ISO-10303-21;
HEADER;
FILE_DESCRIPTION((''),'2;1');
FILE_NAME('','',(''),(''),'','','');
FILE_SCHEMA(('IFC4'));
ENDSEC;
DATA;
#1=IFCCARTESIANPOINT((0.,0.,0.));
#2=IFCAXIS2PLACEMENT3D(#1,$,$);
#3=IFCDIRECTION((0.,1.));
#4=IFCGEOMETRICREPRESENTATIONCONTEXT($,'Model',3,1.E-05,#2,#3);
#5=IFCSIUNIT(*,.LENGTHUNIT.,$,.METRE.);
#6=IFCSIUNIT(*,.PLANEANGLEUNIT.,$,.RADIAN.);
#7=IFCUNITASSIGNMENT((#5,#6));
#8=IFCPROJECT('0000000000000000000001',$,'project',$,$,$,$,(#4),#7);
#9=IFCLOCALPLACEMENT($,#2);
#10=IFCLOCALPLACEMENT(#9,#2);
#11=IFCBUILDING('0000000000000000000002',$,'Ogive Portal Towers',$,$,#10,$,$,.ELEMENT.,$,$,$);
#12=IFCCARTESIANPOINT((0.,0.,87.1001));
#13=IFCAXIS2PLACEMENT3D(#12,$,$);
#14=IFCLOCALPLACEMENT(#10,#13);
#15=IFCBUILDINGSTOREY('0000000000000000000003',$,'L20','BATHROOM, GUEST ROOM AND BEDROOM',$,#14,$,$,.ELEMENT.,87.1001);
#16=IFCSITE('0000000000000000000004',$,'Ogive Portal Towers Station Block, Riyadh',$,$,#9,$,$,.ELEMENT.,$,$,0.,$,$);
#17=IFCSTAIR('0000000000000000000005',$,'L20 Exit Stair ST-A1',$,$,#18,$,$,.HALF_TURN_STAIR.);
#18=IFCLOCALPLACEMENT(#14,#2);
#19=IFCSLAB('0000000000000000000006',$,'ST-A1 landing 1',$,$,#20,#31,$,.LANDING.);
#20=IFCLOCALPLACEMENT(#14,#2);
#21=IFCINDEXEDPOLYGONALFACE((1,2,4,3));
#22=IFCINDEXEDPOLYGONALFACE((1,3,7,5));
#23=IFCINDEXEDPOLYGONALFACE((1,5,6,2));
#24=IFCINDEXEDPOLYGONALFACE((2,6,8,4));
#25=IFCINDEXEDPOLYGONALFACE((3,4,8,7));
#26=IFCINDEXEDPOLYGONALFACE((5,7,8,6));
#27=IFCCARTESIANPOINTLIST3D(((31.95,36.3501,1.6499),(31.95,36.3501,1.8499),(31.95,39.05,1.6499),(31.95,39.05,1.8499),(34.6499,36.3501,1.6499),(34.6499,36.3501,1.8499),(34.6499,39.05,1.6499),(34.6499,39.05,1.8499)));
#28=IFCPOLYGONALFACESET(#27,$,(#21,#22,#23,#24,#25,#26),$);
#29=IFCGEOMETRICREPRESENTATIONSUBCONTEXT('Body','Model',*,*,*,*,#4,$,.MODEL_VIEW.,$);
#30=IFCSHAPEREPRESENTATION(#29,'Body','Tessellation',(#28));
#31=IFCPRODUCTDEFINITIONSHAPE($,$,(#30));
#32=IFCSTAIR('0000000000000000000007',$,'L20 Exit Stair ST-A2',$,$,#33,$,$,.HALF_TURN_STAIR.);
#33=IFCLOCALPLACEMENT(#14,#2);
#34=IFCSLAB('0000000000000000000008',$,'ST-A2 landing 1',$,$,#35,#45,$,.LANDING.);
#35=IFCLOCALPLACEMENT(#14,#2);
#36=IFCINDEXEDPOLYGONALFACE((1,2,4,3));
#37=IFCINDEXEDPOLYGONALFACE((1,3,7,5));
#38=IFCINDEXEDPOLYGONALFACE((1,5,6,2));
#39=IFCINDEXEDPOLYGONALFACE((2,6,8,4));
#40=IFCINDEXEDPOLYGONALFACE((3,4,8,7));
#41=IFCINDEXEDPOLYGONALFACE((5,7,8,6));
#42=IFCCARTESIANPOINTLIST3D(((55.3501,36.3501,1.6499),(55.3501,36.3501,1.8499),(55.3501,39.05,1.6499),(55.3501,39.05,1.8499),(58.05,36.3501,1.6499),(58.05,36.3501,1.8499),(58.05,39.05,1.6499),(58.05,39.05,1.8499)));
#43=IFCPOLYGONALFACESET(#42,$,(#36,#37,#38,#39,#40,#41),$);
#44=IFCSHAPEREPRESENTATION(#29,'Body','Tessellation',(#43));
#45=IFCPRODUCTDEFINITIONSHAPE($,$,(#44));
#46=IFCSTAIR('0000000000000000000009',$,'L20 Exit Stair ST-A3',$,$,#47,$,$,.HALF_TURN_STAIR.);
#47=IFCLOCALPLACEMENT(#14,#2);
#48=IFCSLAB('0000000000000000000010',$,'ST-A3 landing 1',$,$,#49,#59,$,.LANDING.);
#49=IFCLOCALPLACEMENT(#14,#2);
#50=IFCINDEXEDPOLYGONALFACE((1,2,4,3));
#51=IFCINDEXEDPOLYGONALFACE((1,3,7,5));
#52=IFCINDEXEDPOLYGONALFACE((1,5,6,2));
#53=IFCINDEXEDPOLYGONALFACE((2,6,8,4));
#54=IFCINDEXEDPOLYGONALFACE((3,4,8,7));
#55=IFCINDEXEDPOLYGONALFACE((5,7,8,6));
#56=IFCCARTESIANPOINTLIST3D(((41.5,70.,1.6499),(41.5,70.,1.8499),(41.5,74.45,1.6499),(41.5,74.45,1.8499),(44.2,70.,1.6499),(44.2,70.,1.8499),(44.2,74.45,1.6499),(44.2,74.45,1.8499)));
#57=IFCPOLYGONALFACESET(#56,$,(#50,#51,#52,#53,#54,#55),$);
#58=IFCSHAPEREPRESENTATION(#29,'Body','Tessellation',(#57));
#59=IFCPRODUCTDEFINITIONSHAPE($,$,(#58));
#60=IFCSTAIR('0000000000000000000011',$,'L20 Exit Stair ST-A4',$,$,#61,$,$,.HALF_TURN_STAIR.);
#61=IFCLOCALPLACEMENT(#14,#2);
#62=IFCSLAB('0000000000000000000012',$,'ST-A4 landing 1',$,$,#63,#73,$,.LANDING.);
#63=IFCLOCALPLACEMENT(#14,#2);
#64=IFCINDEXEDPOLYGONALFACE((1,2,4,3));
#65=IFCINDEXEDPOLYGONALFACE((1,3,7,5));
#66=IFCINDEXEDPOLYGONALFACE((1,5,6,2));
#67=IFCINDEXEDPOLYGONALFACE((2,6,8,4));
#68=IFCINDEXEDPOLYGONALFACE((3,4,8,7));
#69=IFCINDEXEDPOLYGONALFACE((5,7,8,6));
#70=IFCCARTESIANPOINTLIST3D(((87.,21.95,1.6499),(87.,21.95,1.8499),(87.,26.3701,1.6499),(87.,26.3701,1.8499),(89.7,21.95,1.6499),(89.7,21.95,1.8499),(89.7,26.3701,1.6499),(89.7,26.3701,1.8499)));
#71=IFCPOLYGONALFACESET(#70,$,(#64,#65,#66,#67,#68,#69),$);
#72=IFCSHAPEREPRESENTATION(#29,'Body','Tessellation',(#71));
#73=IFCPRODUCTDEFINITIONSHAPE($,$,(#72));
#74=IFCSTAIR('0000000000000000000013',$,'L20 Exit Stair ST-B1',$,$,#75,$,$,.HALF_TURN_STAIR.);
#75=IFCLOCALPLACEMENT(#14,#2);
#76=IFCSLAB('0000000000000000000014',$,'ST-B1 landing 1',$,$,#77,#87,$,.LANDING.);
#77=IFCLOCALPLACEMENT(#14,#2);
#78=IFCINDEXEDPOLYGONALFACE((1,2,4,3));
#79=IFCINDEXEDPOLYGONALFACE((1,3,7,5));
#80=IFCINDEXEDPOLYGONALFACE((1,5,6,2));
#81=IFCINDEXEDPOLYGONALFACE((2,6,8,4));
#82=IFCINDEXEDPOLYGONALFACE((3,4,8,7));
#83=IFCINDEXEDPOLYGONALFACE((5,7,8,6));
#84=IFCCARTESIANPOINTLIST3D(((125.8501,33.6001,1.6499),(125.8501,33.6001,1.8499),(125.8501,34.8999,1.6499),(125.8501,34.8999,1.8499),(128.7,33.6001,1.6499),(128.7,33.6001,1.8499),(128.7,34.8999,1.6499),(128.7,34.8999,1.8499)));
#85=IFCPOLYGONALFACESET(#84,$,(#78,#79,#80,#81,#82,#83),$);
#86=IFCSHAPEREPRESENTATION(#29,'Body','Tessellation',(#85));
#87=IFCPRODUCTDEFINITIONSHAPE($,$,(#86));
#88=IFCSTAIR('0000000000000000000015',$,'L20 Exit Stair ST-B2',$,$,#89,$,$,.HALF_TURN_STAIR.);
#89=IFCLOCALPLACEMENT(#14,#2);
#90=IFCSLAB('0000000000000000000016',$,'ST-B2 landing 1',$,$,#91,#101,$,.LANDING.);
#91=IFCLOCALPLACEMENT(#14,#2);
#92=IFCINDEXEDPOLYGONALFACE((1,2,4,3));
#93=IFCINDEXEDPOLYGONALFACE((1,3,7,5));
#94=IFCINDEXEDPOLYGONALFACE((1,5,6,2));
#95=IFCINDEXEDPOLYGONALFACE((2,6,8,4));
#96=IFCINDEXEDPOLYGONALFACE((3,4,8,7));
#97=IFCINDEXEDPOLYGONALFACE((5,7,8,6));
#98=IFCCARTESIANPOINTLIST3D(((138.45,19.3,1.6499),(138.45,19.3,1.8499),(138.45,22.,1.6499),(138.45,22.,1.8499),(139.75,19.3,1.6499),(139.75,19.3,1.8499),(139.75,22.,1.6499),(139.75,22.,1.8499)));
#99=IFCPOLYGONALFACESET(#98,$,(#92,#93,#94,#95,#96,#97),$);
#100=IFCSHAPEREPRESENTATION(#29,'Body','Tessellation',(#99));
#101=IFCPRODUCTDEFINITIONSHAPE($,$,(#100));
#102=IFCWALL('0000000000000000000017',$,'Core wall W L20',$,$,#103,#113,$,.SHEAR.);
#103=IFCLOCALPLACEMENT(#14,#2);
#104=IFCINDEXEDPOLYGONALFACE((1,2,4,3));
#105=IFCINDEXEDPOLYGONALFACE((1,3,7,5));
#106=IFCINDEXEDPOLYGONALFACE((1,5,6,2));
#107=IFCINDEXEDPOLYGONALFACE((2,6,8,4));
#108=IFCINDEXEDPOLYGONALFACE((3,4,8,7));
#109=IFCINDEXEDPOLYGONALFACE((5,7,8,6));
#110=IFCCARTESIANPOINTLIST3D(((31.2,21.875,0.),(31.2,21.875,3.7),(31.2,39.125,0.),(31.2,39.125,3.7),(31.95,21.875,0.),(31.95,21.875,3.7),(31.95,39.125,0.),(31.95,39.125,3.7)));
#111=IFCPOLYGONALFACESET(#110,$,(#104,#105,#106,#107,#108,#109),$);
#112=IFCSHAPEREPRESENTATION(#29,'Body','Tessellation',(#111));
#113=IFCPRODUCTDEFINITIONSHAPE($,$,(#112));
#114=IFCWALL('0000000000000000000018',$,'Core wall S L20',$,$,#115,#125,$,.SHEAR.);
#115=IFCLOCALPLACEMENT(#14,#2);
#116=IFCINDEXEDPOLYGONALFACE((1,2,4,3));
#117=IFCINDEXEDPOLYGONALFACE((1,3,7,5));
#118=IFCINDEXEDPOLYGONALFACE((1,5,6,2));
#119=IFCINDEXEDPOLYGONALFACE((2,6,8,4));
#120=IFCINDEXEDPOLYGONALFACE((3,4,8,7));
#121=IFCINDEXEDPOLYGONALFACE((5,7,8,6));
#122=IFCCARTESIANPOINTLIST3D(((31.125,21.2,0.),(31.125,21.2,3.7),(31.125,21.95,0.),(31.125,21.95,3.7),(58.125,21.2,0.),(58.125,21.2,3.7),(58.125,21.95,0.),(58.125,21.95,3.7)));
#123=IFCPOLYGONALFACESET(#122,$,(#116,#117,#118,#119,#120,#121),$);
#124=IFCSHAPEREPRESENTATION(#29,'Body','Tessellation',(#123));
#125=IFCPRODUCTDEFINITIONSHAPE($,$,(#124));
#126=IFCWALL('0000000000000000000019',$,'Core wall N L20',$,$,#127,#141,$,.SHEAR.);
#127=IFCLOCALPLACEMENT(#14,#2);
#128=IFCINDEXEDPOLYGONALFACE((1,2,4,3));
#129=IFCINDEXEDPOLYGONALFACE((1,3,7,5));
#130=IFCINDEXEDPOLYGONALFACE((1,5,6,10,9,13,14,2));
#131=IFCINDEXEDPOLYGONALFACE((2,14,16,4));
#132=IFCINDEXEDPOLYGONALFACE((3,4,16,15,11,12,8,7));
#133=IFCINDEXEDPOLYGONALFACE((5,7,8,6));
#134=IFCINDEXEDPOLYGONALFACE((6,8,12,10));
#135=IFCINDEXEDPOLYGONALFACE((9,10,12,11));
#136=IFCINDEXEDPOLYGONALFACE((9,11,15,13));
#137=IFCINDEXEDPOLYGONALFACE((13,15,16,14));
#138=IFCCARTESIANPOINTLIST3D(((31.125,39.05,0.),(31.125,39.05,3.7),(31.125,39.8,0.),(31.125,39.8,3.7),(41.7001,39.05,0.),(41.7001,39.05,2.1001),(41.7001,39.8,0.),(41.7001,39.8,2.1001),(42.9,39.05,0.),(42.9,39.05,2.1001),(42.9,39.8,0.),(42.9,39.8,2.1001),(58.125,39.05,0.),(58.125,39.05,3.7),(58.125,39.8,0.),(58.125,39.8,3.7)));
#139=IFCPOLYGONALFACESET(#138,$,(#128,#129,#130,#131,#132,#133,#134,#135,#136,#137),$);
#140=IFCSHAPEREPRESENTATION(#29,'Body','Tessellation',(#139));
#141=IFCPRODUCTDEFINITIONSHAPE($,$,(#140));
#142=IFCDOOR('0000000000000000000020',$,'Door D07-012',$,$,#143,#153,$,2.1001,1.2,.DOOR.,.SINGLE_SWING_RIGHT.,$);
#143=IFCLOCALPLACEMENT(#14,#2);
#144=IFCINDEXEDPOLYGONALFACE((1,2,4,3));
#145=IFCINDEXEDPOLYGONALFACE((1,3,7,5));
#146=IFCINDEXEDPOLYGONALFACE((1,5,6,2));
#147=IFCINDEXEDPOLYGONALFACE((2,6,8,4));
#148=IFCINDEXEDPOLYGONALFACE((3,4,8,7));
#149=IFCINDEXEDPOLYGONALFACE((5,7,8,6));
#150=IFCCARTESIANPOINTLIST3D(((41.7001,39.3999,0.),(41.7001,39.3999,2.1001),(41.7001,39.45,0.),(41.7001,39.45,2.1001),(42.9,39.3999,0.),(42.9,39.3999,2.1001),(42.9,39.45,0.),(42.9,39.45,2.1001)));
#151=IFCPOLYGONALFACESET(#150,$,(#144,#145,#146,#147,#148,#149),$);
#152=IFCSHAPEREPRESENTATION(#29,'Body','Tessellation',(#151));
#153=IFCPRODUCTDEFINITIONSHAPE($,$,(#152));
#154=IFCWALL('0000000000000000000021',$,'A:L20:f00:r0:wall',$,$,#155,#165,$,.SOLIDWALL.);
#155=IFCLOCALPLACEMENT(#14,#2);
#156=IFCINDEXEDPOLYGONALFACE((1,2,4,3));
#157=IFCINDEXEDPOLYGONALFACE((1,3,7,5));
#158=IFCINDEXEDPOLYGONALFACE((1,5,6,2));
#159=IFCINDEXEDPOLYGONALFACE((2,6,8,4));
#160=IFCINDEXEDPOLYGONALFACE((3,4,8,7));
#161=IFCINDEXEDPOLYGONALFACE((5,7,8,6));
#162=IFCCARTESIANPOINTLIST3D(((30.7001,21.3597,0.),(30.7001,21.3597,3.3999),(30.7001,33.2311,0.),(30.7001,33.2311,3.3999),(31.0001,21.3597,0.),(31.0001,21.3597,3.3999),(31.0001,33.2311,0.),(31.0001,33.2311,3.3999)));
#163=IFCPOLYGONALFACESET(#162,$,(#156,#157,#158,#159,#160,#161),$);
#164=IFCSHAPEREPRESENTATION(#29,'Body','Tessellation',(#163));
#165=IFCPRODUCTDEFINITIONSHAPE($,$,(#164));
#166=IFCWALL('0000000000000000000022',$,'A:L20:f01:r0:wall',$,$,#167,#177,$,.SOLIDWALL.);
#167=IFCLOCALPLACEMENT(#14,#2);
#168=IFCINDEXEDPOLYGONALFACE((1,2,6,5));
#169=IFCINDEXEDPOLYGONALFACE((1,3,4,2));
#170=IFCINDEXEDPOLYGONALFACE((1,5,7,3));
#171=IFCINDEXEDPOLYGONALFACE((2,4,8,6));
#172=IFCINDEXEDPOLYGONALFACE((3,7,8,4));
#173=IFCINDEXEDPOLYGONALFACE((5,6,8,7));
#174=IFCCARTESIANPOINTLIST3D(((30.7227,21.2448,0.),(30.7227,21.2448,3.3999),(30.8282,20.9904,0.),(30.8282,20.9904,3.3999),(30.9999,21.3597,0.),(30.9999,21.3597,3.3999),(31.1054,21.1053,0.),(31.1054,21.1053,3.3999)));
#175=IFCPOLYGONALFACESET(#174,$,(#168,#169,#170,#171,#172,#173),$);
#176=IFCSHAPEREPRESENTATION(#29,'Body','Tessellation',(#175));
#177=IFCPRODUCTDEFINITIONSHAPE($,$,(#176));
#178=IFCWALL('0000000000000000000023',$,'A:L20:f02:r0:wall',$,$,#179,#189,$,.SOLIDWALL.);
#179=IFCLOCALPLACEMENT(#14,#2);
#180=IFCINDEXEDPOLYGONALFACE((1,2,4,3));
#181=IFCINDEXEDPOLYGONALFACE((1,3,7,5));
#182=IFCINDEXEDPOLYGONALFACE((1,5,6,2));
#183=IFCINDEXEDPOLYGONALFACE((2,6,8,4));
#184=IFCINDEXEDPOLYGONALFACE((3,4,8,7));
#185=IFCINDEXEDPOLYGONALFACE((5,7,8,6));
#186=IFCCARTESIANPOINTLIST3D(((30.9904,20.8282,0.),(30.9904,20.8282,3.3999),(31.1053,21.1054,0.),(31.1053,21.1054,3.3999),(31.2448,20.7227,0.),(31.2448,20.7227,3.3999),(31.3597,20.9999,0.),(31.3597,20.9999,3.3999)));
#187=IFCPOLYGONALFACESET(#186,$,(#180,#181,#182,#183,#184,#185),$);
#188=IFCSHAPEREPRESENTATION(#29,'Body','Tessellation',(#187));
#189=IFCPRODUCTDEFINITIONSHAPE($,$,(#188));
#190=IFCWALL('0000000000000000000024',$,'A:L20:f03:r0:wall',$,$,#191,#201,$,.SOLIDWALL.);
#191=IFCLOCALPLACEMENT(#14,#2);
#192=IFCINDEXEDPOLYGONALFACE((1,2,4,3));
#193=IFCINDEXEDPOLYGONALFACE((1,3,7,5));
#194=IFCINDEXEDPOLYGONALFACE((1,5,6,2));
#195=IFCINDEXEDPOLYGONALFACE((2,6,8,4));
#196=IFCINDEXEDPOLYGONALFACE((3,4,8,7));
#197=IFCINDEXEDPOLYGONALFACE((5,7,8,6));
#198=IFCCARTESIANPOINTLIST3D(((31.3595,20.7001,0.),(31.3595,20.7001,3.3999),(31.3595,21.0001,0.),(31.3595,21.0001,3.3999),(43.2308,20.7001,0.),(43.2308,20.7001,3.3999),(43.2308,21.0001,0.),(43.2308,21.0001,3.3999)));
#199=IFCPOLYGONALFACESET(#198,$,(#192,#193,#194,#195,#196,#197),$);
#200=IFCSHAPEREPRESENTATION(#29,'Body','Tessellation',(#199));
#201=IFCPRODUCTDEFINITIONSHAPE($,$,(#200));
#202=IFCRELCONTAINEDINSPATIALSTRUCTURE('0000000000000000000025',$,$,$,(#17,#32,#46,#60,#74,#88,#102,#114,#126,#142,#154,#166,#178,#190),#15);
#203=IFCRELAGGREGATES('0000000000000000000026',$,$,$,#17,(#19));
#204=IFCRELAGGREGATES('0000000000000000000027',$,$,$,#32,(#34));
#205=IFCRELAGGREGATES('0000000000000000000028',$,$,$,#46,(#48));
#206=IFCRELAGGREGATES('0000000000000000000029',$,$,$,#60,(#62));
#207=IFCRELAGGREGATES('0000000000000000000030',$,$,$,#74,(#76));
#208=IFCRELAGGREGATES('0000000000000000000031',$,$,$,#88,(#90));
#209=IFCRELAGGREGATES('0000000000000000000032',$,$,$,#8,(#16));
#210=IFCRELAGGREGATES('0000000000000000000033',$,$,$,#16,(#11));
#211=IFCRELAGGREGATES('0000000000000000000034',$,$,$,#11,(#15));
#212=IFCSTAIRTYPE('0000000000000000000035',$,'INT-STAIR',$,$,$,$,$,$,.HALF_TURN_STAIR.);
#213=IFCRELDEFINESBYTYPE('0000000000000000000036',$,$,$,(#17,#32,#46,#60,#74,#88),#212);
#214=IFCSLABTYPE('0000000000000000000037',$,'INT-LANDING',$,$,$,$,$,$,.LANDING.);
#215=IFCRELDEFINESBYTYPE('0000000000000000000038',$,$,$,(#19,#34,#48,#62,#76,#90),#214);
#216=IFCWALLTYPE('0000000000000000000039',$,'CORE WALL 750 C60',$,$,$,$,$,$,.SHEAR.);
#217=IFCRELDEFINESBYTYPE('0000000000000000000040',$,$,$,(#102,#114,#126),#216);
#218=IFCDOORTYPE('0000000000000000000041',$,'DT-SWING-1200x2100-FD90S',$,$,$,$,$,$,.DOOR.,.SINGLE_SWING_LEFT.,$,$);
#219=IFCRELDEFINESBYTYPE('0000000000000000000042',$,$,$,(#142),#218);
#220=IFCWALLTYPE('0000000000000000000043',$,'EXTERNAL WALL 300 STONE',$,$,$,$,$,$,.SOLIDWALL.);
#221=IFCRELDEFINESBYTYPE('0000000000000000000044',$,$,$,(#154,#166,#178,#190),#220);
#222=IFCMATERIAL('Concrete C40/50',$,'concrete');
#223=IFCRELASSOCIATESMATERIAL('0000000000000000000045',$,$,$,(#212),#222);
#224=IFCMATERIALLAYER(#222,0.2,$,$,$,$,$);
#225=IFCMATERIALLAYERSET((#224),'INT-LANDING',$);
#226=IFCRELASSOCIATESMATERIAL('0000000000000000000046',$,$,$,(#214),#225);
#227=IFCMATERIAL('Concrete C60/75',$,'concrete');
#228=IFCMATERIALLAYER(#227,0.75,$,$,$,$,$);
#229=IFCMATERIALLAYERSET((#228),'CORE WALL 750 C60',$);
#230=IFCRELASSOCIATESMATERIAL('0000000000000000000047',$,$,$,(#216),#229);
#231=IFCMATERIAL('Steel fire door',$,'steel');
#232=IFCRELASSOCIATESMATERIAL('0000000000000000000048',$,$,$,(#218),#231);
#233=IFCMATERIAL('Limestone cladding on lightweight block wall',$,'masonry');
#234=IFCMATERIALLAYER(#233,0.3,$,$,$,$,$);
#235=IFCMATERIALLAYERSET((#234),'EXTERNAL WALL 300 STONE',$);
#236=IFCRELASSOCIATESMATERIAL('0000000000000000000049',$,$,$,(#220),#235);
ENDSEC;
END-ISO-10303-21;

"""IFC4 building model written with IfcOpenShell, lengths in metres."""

from ifc_helpers import new_model, si_unit, direction, frame, frame_2d, origin, place, context, subcontext, project, spatial, polyline, rectangle, outline, extrude, material, layer, layer_set, type_object, element, fill, aggregate, save


model = new_model("IFC4")

# Units and contexts
model_context = context("Model", 3, precision=1e-05, world=origin(), true_north=direction((0.0, 1.0)))
body_context = subcontext(model_context, "Body", "Model", "MODEL_VIEW")
ifc_project = project(units=[si_unit("LENGTHUNIT", "METRE"), si_unit("PLANEANGLEUNIT", "RADIAN")], contexts=[model_context])

# Site, building, storey
site_placement = place(None, origin())
site = spatial("IfcSite", under=ifc_project, at=site_placement, Name="Ogive Portal Towers Station Block, Riyadh", CompositionType="ELEMENT", RefElevation=0.0)
building_placement = place(site_placement, origin())
building = spatial("IfcBuilding", under=site, at=building_placement, Name="Ogive Portal Towers", CompositionType="ELEMENT")
storey_placement = place(building_placement, frame((0.0, 0.0, 87.1001)))
storey = spatial("IfcBuildingStorey", under=building, at=storey_placement, Name="L20", Description="BATHROOM, GUEST ROOM AND BEDROOM", CompositionType="ELEMENT", Elevation=87.1001)

# Stairs, slabs
ifc_material_1 = material(Name="Concrete C40/50", Category="concrete")
stair_type = type_object("IfcStairType", Name="INT-STAIR", PredefinedType="HALF_TURN_STAIR", material=ifc_material_1)
stair_1_placement = place(storey_placement, origin())
stair_1 = element("IfcStair", 1, at=stair_1_placement, inside=storey, type_object=stair_type, Name="L20 Exit Stair ST-A1", PredefinedType="HALF_TURN_STAIR")
ifc_layer_1 = layer(ifc_material_1, 0.2)
ifc_layer_set_1 = layer_set([ifc_layer_1], Name="INT-LANDING")
slab_type = type_object("IfcSlabType", Name="INT-LANDING", PredefinedType="LANDING", material=ifc_layer_set_1)
slab_1_placement = place(storey_placement, frame((0.0, 0.0, 1.6499)))
slab_1 = element("IfcSlab", 2, at=slab_1_placement, type_object=slab_type, Name="ST-A1 landing 1", PredefinedType="LANDING", context=body_context, shape_type="SweptSolid", body=[
    extrude(outline(polyline([(34.6499, 39.05), (31.95, 39.05), (31.95, 36.3501), (34.6499, 36.3501), (34.6499, 39.05)])), origin(), (0.0, 0.0, 1.0), 0.2),
])
aggregate(stair_1, [slab_1])
stair_2_placement = place(storey_placement, origin())
stair_2 = element("IfcStair", 3, at=stair_2_placement, inside=storey, type_object=stair_type, Name="L20 Exit Stair ST-A2", PredefinedType="HALF_TURN_STAIR")
slab_2_placement = place(storey_placement, frame((0.0, 0.0, 1.6499)))
slab_2 = element("IfcSlab", 4, at=slab_2_placement, type_object=slab_type, Name="ST-A2 landing 1", PredefinedType="LANDING", context=body_context, shape_type="SweptSolid", body=[
    extrude(outline(polyline([(55.3501, 36.3501), (58.05, 36.3501), (58.05, 39.05), (55.3501, 39.05), (55.3501, 36.3501)])), origin(), (0.0, 0.0, 1.0), 0.2),
])
aggregate(stair_2, [slab_2])
stair_3_placement = place(storey_placement, origin())
stair_3 = element("IfcStair", 5, at=stair_3_placement, inside=storey, type_object=stair_type, Name="L20 Exit Stair ST-A3", PredefinedType="HALF_TURN_STAIR")
slab_3_placement = place(storey_placement, frame((0.0, 0.0, 1.6499)))
slab_3 = element("IfcSlab", 6, at=slab_3_placement, type_object=slab_type, Name="ST-A3 landing 1", PredefinedType="LANDING", context=body_context, shape_type="SweptSolid", body=[
    extrude(outline(polyline([(44.2, 70.0), (44.2, 74.45), (41.5, 74.45), (41.5, 70.0), (44.2, 70.0)])), origin(), (0.0, 0.0, 1.0), 0.2),
])
aggregate(stair_3, [slab_3])
stair_4_placement = place(storey_placement, origin())
stair_4 = element("IfcStair", 7, at=stair_4_placement, inside=storey, type_object=stair_type, Name="L20 Exit Stair ST-A4", PredefinedType="HALF_TURN_STAIR")
slab_4_placement = place(storey_placement, frame((0.0, 0.0, 1.6499)))
slab_4 = element("IfcSlab", 8, at=slab_4_placement, type_object=slab_type, Name="ST-A4 landing 1", PredefinedType="LANDING", context=body_context, shape_type="SweptSolid", body=[
    extrude(outline(polyline([(87.0, 26.3701), (87.0, 21.95), (89.7, 21.95), (89.7, 26.3701), (87.0, 26.3701)])), origin(), (0.0, 0.0, 1.0), 0.2),
])
aggregate(stair_4, [slab_4])
stair_5_placement = place(storey_placement, origin())
stair_5 = element("IfcStair", 9, at=stair_5_placement, inside=storey, type_object=stair_type, Name="L20 Exit Stair ST-B1", PredefinedType="HALF_TURN_STAIR")
slab_5_placement = place(storey_placement, frame((0.0, 0.0, 1.6499)))
slab_5 = element("IfcSlab", 10, at=slab_5_placement, type_object=slab_type, Name="ST-B1 landing 1", PredefinedType="LANDING", context=body_context, shape_type="SweptSolid", body=[
    extrude(outline(polyline([(128.7, 33.6001), (128.7, 34.8999), (125.8501, 34.8999), (125.8501, 33.6001), (128.7, 33.6001)])), origin(), (0.0, 0.0, 1.0), 0.2),
])
aggregate(stair_5, [slab_5])
stair_6_placement = place(storey_placement, origin())
stair_6 = element("IfcStair", 11, at=stair_6_placement, inside=storey, type_object=stair_type, Name="L20 Exit Stair ST-B2", PredefinedType="HALF_TURN_STAIR")
slab_6_placement = place(storey_placement, frame((0.0, 0.0, 1.6499)))
slab_6 = element("IfcSlab", 12, at=slab_6_placement, type_object=slab_type, Name="ST-B2 landing 1", PredefinedType="LANDING", context=body_context, shape_type="SweptSolid", body=[
    extrude(outline(polyline([(139.75, 22.0), (138.45, 22.0), (138.45, 19.3), (139.75, 19.3), (139.75, 22.0)])), origin(), (0.0, 0.0, 1.0), 0.2),
])
aggregate(stair_6, [slab_6])

# Walls
ifc_material_2 = material(Name="Concrete C60/75", Category="concrete")
ifc_layer_2 = layer(ifc_material_2, 0.75)
ifc_layer_set_2 = layer_set([ifc_layer_2], Name="CORE WALL 750 C60")
wall_type_1 = type_object("IfcWallType", Name="CORE WALL 750 C60", PredefinedType="SHEAR", material=ifc_layer_set_2)
wall_1_placement = place(storey_placement, frame((31.575, 21.875, 0.0), z_axis=(0.0, 0.0, 1.0), x_axis=(0.0, 1.0, 0.0)))
element("IfcWall", 13, at=wall_1_placement, inside=storey, type_object=wall_type_1, Name="Core wall W L20", PredefinedType="SHEAR", context=body_context, shape_type="SweptSolid", body=[
    extrude(rectangle(XDim=17.25, YDim=0.75, at=frame_2d((8.625, 0.0))), origin(), (0.0, 0.0, 1.0), 3.7),
])
wall_2_placement = place(storey_placement, frame((31.125, 21.575, 0.0), z_axis=(0.0, 0.0, 1.0), x_axis=(1.0, 0.0, 0.0)))
element("IfcWall", 14, at=wall_2_placement, inside=storey, type_object=wall_type_1, Name="Core wall S L20", PredefinedType="SHEAR", context=body_context, shape_type="SweptSolid", body=[
    extrude(rectangle(XDim=27.0, YDim=0.75, at=frame_2d((13.5, 0.0))), origin(), (0.0, 0.0, 1.0), 3.7),
])

# Wall, opening, door
wall_3_placement = place(storey_placement, frame((31.125, 39.425, 0.0), z_axis=(0.0, 0.0, 1.0), x_axis=(1.0, 0.0, 0.0)))
wall_3 = element("IfcWall", 15, at=wall_3_placement, inside=storey, type_object=wall_type_1, Name="Core wall N L20", PredefinedType="SHEAR", context=body_context, shape_type="SweptSolid", body=[
    extrude(rectangle(XDim=27.0, YDim=0.75, at=frame_2d((13.5, 0.0))), origin(), (0.0, 0.0, 1.0), 3.7),
])
opening_1_placement = place(wall_3_placement, frame((10.575, 0.0, 0.0)))
opening_1 = element("IfcOpeningElement", 16, at=opening_1_placement, cuts=wall_3, PredefinedType="OPENING", context=body_context, shape_type="SweptSolid", body=[
    extrude(rectangle(XDim=1.2, YDim=2.1001, at=frame_2d((0.6001, 1.05))), frame((0.0, 0.385, 0.0), z_axis=(0.0, -1.0, 0.0), x_axis=(1.0, 0.0, 0.0)), (0.0, 0.0, 1.0), 0.77),
])
ifc_material_3 = material(Name="Steel fire door", Category="steel")
door_type_1 = type_object("IfcDoorType", Name="DT-SWING-1200x2100-FD90S", OperationType="SINGLE_SWING_LEFT", PredefinedType="DOOR", material=ifc_material_3)
door_1_placement = place(opening_1_placement, origin())
door_1 = element("IfcDoor", 17, at=door_1_placement, inside=storey, type_object=door_type_1, Name="Door D07-012", OperationType="SINGLE_SWING_RIGHT", OverallHeight=2.1001, OverallWidth=1.2, PredefinedType="DOOR", context=body_context, shape_type="SweptSolid", body=[
    extrude(rectangle(XDim=1.2, YDim=2.1001, at=frame_2d((0.6001, 1.05))), frame((0.0, 0.0249, 0.0), z_axis=(0.0, -1.0, 0.0), x_axis=(1.0, 0.0, 0.0)), (0.0, 0.0, 1.0), 0.05),
])
fill(opening_1, door_1)

# Walls
ifc_material_4 = material(Name="Limestone cladding on lightweight block wall", Category="masonry")
ifc_layer_3 = layer(ifc_material_4, 0.3)
ifc_layer_set_3 = layer_set([ifc_layer_3], Name="EXTERNAL WALL 300 STONE")
wall_type_2 = type_object("IfcWallType", Name="EXTERNAL WALL 300 STONE", PredefinedType="SOLIDWALL", material=ifc_layer_set_3)
wall_4_placement = place(storey_placement, frame((30.8501, 33.231, 0.0), z_axis=(0.0, 0.0, 1.0), x_axis=(0.0, -1.0, 0.0)))
element("IfcWall", 18, at=wall_4_placement, inside=storey, type_object=wall_type_2, Name="A:L20:f00:r0:wall", PredefinedType="SOLIDWALL", context=body_context, shape_type="SweptSolid", body=[
    extrude(rectangle(XDim=11.8713, YDim=0.3, at=frame_2d((5.9355, 0.0))), origin(), (0.0, 0.0, 1.0), 3.3999),
])
for number, where, z_axis, x_axis, name in (
    (19, (30.8613, 21.3022, 0.0), (0.0, 0.0, 1.0), (0.382978, -0.923757, 0.0), "A:L20:f01:r0:wall"),
    (20, (31.0479, 20.9668, 0.0), (0.0, 0.0, 1.0), (0.923757, -0.382978, 0.0), "A:L20:f02:r0:wall"),
):
    element("IfcWall", number, at=place(storey_placement, frame(where, z_axis=z_axis, x_axis=x_axis)), inside=storey, type_object=wall_type_2, Name=name, PredefinedType="SOLIDWALL", context=body_context, shape_type="SweptSolid", body=[
        extrude(rectangle(XDim=0.2754, YDim=0.3, at=frame_2d((0.1377, 0.0))), origin(), (0.0, 0.0, 1.0), 3.3999),
    ])
wall_5_placement = place(storey_placement, frame((31.3596, 20.8501, 0.0), z_axis=(0.0, 0.0, 1.0), x_axis=(1.0, 0.0, 0.0)))
element("IfcWall", 21, at=wall_5_placement, inside=storey, type_object=wall_type_2, Name="A:L20:f03:r0:wall", PredefinedType="SOLIDWALL", context=body_context, shape_type="SweptSolid", body=[
    extrude(rectangle(XDim=11.8713, YDim=0.3, at=frame_2d((5.9355, 0.0))), origin(), (0.0, 0.0, 1.0), 3.3999),
])

save(model, "model.ifc")
